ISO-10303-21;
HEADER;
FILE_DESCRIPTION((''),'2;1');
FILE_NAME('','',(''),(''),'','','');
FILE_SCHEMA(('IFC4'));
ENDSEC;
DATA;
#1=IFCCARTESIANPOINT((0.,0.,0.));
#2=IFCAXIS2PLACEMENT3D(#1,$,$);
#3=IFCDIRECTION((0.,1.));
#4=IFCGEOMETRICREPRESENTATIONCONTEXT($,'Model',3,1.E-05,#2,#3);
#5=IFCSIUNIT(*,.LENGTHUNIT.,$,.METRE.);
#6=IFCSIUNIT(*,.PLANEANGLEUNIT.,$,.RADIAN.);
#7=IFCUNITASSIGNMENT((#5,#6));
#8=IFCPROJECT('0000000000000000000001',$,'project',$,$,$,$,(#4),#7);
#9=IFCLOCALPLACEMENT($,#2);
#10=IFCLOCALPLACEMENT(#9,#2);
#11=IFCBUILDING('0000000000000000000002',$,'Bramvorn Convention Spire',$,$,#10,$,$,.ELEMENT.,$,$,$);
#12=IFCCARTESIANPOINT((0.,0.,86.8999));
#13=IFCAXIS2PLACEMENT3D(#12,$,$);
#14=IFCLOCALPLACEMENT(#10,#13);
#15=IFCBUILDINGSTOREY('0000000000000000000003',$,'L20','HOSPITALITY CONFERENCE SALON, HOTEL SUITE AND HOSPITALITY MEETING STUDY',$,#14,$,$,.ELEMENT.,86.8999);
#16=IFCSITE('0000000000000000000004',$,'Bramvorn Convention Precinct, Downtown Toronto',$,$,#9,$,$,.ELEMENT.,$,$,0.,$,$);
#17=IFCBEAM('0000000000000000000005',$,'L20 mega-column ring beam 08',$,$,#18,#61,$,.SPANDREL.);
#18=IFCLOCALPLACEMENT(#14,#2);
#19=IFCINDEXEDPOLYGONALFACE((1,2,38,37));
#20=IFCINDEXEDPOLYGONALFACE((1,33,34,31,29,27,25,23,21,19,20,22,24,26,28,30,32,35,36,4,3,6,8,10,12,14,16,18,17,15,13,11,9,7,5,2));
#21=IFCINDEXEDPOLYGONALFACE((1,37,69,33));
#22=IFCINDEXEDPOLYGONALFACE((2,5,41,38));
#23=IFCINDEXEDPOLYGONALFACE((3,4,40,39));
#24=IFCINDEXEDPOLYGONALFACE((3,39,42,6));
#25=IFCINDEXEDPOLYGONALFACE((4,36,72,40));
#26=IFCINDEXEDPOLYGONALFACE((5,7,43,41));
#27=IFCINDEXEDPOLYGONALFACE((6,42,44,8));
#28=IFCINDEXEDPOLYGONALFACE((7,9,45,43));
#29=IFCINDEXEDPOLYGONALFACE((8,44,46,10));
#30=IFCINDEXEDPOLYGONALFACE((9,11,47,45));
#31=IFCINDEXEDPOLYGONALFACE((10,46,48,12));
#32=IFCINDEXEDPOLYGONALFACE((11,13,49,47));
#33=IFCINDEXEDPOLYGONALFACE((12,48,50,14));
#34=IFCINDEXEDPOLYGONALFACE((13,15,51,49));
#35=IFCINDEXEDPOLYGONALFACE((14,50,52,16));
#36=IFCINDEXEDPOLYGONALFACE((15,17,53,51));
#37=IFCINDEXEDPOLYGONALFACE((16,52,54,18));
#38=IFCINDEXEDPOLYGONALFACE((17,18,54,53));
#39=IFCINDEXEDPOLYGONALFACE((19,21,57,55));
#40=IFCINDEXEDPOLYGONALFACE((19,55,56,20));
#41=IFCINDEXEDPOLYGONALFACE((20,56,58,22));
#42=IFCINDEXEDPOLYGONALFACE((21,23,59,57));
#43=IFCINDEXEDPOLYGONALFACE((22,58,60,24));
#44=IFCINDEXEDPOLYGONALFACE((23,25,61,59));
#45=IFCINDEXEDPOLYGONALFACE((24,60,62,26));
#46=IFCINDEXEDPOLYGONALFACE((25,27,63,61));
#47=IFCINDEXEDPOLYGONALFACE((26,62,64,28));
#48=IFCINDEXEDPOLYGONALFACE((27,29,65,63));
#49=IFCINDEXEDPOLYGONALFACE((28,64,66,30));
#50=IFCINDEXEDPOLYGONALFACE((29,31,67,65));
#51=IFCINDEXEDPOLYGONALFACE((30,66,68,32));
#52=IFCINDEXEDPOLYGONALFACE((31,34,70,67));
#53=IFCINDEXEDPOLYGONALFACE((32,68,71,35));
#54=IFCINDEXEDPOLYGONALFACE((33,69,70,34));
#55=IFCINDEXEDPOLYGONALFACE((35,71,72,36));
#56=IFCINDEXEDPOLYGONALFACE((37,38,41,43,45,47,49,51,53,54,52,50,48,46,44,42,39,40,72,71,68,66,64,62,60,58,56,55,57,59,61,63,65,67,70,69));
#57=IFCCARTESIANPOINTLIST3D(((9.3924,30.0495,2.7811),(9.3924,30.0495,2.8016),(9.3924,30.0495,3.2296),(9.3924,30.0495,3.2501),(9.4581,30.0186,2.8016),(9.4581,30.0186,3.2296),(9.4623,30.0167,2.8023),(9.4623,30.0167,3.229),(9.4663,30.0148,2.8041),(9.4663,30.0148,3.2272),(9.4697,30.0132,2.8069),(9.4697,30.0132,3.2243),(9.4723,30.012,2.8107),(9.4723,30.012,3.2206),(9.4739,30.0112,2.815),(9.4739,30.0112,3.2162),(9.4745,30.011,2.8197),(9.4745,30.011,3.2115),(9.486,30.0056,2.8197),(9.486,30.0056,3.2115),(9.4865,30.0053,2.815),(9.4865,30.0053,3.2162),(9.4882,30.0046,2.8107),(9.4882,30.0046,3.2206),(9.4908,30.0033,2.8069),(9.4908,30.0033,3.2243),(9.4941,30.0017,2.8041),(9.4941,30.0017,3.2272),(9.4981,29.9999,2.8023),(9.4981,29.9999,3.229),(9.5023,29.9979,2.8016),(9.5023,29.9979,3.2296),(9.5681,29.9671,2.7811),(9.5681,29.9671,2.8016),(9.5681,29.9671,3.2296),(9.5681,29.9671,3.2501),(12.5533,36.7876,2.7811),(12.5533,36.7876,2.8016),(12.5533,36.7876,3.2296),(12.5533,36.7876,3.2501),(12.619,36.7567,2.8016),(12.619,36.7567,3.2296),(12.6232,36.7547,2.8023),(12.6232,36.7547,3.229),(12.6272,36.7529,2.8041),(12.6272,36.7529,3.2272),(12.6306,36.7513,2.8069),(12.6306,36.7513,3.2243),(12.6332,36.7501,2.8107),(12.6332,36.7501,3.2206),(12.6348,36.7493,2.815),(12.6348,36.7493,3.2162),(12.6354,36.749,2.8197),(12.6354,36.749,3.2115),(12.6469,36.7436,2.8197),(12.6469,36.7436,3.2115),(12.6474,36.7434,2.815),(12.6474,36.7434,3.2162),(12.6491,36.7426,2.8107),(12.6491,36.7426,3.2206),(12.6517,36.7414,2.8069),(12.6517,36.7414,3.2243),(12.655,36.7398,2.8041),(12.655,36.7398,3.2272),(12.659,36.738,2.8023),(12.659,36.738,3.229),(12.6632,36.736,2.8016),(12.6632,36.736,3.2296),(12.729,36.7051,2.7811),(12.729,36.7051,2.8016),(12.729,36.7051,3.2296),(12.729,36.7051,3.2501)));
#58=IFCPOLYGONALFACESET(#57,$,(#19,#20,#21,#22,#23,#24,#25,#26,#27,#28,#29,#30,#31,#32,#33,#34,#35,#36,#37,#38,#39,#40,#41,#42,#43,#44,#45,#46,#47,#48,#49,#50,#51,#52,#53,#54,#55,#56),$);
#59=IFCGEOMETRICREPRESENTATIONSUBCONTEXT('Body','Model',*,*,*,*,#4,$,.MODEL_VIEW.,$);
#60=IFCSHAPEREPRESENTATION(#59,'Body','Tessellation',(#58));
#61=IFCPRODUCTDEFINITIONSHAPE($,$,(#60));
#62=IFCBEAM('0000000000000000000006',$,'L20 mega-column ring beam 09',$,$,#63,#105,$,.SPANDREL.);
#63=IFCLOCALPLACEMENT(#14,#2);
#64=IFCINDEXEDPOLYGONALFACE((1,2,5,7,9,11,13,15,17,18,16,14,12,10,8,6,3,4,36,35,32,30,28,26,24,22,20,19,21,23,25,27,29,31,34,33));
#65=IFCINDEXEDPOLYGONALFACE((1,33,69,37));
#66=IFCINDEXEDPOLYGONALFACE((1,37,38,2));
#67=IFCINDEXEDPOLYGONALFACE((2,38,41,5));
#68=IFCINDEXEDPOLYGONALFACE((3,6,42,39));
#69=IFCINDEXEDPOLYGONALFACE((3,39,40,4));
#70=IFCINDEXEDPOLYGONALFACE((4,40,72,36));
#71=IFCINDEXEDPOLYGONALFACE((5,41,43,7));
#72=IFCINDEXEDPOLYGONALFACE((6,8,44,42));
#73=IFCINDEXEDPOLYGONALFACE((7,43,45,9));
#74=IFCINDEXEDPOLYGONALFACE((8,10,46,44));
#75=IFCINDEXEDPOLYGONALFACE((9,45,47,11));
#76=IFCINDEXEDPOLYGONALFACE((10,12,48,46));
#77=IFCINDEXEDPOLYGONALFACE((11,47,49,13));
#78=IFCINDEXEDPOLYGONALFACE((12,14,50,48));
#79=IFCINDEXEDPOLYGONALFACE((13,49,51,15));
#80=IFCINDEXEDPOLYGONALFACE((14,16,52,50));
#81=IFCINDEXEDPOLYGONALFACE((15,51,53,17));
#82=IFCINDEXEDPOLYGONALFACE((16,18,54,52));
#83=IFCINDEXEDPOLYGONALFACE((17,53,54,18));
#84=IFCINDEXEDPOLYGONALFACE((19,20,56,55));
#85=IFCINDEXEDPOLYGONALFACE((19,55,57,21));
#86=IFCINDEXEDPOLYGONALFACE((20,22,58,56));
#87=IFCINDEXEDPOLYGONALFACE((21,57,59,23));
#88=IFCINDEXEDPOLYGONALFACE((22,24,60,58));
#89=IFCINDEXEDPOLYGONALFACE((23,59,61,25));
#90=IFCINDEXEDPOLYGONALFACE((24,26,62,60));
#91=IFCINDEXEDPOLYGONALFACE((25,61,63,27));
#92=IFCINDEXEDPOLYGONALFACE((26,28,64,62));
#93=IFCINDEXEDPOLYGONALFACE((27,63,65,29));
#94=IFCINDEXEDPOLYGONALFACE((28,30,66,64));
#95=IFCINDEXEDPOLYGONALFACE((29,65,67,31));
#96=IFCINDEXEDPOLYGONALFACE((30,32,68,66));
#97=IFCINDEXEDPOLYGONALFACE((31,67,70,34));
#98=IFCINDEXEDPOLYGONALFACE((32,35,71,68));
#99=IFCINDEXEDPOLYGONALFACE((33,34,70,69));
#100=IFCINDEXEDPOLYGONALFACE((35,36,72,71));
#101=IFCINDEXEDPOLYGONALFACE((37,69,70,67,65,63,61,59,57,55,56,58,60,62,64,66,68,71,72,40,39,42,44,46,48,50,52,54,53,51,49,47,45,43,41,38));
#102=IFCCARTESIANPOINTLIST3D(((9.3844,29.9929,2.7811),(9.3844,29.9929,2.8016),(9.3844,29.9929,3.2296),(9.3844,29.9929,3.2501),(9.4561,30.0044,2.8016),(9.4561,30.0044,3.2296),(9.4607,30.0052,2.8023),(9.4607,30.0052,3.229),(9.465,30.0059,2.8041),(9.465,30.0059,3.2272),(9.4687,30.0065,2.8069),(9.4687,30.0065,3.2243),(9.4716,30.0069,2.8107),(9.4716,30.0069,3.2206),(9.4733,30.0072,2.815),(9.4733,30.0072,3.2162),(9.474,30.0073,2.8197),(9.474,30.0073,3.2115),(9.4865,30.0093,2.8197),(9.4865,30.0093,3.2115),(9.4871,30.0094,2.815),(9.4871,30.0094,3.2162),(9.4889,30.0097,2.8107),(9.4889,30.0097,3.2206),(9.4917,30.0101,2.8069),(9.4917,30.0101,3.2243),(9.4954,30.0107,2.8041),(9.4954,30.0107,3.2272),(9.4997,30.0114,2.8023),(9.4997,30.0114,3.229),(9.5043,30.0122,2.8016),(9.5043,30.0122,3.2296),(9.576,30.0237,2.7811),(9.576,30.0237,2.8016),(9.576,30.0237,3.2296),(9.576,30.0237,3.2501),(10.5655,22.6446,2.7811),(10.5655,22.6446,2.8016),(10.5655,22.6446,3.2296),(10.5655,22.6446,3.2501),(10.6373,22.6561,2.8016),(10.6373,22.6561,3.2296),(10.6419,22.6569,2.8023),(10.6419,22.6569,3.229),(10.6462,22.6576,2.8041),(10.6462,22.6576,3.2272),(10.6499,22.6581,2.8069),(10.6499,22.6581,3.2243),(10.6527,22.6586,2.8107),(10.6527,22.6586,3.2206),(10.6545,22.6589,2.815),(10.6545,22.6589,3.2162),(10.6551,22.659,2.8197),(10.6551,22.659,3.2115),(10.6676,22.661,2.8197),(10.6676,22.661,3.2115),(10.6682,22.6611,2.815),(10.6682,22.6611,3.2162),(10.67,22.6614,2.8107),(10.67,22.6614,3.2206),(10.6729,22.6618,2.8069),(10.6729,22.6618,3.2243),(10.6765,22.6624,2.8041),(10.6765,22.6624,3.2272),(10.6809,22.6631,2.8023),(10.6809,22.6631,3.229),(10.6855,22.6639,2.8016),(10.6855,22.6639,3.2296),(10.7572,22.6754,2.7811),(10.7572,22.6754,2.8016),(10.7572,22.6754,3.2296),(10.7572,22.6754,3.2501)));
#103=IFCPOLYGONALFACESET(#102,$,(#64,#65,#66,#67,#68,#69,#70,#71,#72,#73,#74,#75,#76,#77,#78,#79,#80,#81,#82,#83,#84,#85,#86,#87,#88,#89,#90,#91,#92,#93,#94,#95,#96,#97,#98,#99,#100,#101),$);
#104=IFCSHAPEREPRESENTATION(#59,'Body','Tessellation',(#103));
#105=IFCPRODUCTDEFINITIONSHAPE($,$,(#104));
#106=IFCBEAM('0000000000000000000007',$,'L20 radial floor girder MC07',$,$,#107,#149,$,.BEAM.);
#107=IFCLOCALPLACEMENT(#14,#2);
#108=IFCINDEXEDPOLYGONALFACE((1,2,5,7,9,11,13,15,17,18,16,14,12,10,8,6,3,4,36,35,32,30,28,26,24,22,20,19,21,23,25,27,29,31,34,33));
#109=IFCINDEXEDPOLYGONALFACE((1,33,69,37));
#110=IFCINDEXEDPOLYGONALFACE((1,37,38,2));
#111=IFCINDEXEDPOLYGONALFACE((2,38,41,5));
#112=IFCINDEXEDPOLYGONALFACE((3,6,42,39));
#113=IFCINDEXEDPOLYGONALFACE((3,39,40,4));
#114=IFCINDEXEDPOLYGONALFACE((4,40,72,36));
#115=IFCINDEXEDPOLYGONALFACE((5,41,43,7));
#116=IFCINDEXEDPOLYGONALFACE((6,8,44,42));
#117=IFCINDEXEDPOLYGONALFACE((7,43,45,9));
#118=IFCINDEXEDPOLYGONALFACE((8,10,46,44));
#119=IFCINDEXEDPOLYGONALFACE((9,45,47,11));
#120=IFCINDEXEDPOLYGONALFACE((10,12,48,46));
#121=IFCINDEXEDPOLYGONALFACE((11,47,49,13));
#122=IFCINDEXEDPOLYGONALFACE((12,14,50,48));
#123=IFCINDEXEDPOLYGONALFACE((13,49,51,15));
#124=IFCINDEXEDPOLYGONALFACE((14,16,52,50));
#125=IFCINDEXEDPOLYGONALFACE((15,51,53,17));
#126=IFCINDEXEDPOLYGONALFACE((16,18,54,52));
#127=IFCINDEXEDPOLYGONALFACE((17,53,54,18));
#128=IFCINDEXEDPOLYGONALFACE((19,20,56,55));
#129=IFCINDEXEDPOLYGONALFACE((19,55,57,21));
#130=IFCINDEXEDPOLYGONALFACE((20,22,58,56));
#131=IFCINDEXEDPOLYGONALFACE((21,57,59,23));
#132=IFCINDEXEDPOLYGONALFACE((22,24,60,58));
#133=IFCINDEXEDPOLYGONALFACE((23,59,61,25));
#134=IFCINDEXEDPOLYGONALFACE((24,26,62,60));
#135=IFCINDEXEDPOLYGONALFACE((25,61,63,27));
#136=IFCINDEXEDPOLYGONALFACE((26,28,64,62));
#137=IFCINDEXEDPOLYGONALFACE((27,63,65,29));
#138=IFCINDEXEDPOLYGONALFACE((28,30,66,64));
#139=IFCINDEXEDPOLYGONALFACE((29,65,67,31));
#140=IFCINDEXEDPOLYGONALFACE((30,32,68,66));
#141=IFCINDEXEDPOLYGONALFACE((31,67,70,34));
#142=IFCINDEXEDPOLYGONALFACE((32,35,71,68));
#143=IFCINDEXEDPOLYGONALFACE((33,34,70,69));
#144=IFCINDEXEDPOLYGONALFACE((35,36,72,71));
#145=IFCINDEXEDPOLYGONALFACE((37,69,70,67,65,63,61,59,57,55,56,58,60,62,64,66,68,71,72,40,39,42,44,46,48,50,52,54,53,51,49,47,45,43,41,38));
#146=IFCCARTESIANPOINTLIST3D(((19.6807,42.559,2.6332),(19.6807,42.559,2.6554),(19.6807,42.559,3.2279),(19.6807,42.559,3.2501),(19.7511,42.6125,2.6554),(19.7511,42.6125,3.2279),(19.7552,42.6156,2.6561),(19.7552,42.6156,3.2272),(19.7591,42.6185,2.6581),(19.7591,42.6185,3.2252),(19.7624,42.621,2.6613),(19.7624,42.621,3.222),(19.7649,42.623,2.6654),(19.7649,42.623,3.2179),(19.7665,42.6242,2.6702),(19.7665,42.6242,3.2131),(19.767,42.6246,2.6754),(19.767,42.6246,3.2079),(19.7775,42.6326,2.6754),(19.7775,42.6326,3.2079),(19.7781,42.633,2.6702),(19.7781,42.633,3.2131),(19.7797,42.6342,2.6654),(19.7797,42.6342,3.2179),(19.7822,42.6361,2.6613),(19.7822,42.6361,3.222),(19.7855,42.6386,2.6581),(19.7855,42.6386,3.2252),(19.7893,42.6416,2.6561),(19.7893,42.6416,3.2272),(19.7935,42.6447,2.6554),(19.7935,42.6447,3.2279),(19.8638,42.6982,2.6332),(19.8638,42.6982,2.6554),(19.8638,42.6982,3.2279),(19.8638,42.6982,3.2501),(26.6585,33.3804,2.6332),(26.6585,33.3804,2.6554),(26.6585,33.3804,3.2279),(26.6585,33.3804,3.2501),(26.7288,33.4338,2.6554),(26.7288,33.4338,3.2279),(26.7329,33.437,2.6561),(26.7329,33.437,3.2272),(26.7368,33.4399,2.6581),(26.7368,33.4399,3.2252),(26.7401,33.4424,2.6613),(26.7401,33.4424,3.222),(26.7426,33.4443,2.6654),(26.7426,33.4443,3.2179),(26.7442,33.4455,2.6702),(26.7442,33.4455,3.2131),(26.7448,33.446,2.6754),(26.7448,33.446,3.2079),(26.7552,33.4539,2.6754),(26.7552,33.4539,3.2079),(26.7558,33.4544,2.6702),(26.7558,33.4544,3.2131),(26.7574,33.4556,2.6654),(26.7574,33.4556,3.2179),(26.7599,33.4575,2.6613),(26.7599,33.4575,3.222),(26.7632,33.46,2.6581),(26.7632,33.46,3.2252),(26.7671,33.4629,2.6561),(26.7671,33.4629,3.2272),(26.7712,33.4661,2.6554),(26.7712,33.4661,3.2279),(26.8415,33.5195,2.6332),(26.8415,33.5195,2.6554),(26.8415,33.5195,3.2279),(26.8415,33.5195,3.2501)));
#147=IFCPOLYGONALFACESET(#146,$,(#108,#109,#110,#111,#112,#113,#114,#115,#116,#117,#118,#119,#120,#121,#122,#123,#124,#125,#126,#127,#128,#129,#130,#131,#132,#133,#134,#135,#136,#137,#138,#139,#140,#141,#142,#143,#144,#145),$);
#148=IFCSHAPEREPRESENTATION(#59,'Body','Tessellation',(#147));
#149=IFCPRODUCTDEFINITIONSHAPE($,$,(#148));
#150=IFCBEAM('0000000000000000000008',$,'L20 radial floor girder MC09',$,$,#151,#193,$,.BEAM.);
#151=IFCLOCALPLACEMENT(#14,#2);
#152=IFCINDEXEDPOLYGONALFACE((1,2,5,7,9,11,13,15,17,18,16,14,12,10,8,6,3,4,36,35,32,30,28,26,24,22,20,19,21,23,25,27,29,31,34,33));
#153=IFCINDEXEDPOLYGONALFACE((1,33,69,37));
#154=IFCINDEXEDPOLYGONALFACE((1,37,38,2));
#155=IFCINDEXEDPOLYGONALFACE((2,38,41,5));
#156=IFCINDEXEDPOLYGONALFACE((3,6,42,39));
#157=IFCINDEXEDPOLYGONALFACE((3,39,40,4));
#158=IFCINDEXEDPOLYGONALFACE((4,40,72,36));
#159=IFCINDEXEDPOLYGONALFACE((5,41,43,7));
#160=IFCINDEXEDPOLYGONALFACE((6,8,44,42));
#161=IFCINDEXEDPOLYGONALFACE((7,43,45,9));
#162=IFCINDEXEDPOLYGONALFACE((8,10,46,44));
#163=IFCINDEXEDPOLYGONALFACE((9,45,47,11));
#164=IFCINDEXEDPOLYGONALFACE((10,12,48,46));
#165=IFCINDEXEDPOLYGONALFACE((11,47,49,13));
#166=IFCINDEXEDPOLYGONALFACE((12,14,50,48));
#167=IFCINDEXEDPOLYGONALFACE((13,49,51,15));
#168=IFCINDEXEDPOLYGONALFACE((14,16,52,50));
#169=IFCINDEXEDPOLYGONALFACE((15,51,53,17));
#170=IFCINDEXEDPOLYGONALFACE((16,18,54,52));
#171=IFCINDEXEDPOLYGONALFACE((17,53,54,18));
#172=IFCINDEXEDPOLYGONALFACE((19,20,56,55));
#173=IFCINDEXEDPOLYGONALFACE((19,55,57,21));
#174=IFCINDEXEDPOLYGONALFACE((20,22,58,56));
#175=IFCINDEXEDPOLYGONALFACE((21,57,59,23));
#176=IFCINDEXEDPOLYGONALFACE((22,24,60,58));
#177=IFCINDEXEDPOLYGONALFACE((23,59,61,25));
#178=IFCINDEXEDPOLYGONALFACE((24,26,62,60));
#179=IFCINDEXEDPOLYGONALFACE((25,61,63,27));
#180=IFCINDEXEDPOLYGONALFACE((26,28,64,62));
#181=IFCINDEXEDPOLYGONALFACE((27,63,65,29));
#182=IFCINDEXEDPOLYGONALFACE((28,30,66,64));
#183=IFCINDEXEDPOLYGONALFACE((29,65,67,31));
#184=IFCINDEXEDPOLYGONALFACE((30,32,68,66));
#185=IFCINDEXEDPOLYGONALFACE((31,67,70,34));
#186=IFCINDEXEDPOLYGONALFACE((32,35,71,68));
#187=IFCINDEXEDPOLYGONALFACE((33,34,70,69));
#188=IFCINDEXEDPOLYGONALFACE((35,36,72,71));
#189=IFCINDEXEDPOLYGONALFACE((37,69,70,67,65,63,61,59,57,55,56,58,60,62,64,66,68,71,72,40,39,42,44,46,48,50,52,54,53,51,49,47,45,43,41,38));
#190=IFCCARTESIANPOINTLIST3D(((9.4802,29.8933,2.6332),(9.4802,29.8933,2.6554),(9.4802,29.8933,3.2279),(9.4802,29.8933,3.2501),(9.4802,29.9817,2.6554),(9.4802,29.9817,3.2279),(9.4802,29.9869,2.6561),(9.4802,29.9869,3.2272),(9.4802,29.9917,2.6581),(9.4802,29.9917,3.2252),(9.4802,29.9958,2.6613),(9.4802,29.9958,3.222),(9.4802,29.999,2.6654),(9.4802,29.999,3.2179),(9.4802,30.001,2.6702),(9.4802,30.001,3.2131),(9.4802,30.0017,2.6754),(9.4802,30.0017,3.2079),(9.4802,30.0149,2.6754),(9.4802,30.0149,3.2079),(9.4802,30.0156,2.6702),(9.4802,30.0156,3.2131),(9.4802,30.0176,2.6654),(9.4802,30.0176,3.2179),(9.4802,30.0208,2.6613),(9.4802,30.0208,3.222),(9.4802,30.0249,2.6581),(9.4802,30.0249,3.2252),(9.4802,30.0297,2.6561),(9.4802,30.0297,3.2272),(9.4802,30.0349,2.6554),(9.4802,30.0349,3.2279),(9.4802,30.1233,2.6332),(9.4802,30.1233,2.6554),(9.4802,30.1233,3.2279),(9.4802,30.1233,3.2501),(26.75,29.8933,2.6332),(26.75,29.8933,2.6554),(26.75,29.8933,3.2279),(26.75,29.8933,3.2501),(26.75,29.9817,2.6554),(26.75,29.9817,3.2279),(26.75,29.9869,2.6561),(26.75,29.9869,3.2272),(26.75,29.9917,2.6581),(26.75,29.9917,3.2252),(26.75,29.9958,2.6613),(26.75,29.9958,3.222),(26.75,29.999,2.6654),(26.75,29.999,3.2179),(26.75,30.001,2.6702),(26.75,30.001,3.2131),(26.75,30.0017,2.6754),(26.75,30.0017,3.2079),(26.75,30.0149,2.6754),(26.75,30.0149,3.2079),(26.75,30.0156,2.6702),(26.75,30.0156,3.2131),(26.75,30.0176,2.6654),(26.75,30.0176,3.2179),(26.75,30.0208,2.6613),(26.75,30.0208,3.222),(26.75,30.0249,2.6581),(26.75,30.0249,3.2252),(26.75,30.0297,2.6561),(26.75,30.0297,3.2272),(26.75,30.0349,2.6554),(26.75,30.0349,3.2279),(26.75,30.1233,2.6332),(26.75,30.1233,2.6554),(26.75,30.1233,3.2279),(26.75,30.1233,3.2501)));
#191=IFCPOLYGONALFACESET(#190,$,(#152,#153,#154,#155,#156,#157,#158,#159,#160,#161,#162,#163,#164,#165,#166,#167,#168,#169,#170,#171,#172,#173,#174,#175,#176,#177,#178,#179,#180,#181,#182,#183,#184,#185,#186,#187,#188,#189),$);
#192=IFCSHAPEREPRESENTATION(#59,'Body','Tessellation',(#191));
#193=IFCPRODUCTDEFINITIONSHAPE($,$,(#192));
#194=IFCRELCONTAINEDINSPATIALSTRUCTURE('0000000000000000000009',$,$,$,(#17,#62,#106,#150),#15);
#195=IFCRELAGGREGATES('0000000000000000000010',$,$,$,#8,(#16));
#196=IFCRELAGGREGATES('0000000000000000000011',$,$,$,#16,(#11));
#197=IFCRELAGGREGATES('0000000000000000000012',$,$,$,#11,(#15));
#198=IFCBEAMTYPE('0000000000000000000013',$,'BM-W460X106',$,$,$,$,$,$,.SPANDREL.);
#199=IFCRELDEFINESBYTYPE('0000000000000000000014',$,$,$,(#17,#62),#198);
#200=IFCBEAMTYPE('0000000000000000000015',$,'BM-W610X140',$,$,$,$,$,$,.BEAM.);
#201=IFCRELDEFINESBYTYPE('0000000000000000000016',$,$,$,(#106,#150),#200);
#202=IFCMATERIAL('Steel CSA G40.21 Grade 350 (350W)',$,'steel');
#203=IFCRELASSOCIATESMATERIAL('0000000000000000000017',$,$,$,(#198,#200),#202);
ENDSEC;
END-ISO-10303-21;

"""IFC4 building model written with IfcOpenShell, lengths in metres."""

from ifc_helpers import new_model, si_unit, direction, frame, origin, origin_2d, place, context, subcontext, project, spatial, i_section, extrude, material, material_profile, profile_set, type_object, element, save


model = new_model("IFC4")

# Units and contexts
model_context = context("Model", 3, precision=1e-05, world=origin(), true_north=direction((0.0, 1.0)))
body_context = subcontext(model_context, "Body", "Model", "MODEL_VIEW")
ifc_project = project(units=[si_unit("LENGTHUNIT", "METRE"), si_unit("PLANEANGLEUNIT", "RADIAN")], contexts=[model_context])

# Site, building, storey
site_placement = place(None, origin())
site = spatial("IfcSite", under=ifc_project, at=site_placement, Name="Bramvorn Convention Precinct, Downtown Toronto", CompositionType="ELEMENT", RefElevation=0.0)
building_placement = place(site_placement, origin())
building = spatial("IfcBuilding", under=site, at=building_placement, Name="Bramvorn Convention Spire", CompositionType="ELEMENT")
storey_placement = place(building_placement, frame((0.0, 0.0, 86.8999)))
storey = spatial("IfcBuildingStorey", under=building, at=storey_placement, Name="L20", Description="HOSPITALITY CONFERENCE SALON, HOTEL SUITE AND HOSPITALITY MEETING STUDY", CompositionType="ELEMENT", Elevation=86.8999)

# Shared definitions
ifc_material_1 = material(Name="Steel CSA G40.21 Grade 350 (350W)", Category="steel")

# Beams
ifc_material_profile_1 = material_profile(ifc_material_1, i_section(OverallWidth=0.1941, OverallDepth=0.469, WebThickness=0.0127, FlangeThickness=0.0205, FilletRadius=0.0181, at=origin_2d()))
ifc_profile_set_1 = profile_set([ifc_material_profile_1], Name="Steel CSA G40.21 Grade 350 (350W) - W460X106")
beam_type_1 = type_object("IfcBeamType", Name="BM-W460X106", PredefinedType="SPANDREL", material=ifc_profile_set_1)
for number, where, z_axis, x_axis, name in (
    (1, (12.6411, 36.7463, 3.0156), (-0.424702, -0.905333, 0.0), (0.905333, -0.424702, 0.0), "L20 mega-column ring beam 08"),
    (2, (9.4802, 30.0083, 3.0156), (0.158699, -0.987327, 0.0), (0.987327, 0.158699, 0.0), "L20 mega-column ring beam 09"),
):
    element("IfcBeam", number, at=place(storey_placement, frame(where, z_axis=z_axis, x_axis=x_axis)), inside=storey, type_object=beam_type_1, Name=name, PredefinedType="SPANDREL", context=body_context, shape_type="SweptSolid", body=[
        extrude(i_section(OverallWidth=0.1941, OverallDepth=0.469, WebThickness=0.0127, FlangeThickness=0.0205, FilletRadius=0.0181, at=origin_2d()), origin(), (0.0, 0.0, 1.0), 7.4426),
    ])
ifc_material_profile_2 = material_profile(ifc_material_1, i_section(OverallWidth=0.23, OverallDepth=0.6169, WebThickness=0.0132, FlangeThickness=0.0222, FilletRadius=0.02, at=origin_2d()))
ifc_profile_set_2 = profile_set([ifc_material_profile_2], Name="Steel CSA G40.21 Grade 350 (350W) - W610X140")
beam_type_2 = type_object("IfcBeamType", Name="BM-W610X140", PredefinedType="BEAM", material=ifc_profile_set_2)
beam_1_placement = place(storey_placement, frame((26.75, 33.45, 2.9417), z_axis=(-0.605191, 0.79608, 0.0), x_axis=(-0.79608, -0.605191, 0.0)))
element("IfcBeam", 3, at=beam_1_placement, inside=storey, type_object=beam_type_2, Name="L20 radial floor girder MC07", PredefinedType="BEAM", context=body_context, shape_type="SweptSolid", body=[
    extrude(i_section(OverallWidth=0.23, OverallDepth=0.6169, WebThickness=0.0132, FlangeThickness=0.0222, FilletRadius=0.02, at=origin_2d()), origin(), (0.0, 0.0, 1.0), 11.5298),
])
beam_2_placement = place(storey_placement, frame((26.75, 30.0083, 2.9417), z_axis=(-1.0, 0.0, 0.0), x_axis=(0.0, -1.0, 0.0)))
element("IfcBeam", 4, at=beam_2_placement, inside=storey, type_object=beam_type_2, Name="L20 radial floor girder MC09", PredefinedType="BEAM", context=body_context, shape_type="SweptSolid", body=[
    extrude(i_section(OverallWidth=0.23, OverallDepth=0.6169, WebThickness=0.0132, FlangeThickness=0.0222, FilletRadius=0.02, at=origin_2d()), origin(), (0.0, 0.0, 1.0), 17.2698),
])

save(model, "model.ifc")
